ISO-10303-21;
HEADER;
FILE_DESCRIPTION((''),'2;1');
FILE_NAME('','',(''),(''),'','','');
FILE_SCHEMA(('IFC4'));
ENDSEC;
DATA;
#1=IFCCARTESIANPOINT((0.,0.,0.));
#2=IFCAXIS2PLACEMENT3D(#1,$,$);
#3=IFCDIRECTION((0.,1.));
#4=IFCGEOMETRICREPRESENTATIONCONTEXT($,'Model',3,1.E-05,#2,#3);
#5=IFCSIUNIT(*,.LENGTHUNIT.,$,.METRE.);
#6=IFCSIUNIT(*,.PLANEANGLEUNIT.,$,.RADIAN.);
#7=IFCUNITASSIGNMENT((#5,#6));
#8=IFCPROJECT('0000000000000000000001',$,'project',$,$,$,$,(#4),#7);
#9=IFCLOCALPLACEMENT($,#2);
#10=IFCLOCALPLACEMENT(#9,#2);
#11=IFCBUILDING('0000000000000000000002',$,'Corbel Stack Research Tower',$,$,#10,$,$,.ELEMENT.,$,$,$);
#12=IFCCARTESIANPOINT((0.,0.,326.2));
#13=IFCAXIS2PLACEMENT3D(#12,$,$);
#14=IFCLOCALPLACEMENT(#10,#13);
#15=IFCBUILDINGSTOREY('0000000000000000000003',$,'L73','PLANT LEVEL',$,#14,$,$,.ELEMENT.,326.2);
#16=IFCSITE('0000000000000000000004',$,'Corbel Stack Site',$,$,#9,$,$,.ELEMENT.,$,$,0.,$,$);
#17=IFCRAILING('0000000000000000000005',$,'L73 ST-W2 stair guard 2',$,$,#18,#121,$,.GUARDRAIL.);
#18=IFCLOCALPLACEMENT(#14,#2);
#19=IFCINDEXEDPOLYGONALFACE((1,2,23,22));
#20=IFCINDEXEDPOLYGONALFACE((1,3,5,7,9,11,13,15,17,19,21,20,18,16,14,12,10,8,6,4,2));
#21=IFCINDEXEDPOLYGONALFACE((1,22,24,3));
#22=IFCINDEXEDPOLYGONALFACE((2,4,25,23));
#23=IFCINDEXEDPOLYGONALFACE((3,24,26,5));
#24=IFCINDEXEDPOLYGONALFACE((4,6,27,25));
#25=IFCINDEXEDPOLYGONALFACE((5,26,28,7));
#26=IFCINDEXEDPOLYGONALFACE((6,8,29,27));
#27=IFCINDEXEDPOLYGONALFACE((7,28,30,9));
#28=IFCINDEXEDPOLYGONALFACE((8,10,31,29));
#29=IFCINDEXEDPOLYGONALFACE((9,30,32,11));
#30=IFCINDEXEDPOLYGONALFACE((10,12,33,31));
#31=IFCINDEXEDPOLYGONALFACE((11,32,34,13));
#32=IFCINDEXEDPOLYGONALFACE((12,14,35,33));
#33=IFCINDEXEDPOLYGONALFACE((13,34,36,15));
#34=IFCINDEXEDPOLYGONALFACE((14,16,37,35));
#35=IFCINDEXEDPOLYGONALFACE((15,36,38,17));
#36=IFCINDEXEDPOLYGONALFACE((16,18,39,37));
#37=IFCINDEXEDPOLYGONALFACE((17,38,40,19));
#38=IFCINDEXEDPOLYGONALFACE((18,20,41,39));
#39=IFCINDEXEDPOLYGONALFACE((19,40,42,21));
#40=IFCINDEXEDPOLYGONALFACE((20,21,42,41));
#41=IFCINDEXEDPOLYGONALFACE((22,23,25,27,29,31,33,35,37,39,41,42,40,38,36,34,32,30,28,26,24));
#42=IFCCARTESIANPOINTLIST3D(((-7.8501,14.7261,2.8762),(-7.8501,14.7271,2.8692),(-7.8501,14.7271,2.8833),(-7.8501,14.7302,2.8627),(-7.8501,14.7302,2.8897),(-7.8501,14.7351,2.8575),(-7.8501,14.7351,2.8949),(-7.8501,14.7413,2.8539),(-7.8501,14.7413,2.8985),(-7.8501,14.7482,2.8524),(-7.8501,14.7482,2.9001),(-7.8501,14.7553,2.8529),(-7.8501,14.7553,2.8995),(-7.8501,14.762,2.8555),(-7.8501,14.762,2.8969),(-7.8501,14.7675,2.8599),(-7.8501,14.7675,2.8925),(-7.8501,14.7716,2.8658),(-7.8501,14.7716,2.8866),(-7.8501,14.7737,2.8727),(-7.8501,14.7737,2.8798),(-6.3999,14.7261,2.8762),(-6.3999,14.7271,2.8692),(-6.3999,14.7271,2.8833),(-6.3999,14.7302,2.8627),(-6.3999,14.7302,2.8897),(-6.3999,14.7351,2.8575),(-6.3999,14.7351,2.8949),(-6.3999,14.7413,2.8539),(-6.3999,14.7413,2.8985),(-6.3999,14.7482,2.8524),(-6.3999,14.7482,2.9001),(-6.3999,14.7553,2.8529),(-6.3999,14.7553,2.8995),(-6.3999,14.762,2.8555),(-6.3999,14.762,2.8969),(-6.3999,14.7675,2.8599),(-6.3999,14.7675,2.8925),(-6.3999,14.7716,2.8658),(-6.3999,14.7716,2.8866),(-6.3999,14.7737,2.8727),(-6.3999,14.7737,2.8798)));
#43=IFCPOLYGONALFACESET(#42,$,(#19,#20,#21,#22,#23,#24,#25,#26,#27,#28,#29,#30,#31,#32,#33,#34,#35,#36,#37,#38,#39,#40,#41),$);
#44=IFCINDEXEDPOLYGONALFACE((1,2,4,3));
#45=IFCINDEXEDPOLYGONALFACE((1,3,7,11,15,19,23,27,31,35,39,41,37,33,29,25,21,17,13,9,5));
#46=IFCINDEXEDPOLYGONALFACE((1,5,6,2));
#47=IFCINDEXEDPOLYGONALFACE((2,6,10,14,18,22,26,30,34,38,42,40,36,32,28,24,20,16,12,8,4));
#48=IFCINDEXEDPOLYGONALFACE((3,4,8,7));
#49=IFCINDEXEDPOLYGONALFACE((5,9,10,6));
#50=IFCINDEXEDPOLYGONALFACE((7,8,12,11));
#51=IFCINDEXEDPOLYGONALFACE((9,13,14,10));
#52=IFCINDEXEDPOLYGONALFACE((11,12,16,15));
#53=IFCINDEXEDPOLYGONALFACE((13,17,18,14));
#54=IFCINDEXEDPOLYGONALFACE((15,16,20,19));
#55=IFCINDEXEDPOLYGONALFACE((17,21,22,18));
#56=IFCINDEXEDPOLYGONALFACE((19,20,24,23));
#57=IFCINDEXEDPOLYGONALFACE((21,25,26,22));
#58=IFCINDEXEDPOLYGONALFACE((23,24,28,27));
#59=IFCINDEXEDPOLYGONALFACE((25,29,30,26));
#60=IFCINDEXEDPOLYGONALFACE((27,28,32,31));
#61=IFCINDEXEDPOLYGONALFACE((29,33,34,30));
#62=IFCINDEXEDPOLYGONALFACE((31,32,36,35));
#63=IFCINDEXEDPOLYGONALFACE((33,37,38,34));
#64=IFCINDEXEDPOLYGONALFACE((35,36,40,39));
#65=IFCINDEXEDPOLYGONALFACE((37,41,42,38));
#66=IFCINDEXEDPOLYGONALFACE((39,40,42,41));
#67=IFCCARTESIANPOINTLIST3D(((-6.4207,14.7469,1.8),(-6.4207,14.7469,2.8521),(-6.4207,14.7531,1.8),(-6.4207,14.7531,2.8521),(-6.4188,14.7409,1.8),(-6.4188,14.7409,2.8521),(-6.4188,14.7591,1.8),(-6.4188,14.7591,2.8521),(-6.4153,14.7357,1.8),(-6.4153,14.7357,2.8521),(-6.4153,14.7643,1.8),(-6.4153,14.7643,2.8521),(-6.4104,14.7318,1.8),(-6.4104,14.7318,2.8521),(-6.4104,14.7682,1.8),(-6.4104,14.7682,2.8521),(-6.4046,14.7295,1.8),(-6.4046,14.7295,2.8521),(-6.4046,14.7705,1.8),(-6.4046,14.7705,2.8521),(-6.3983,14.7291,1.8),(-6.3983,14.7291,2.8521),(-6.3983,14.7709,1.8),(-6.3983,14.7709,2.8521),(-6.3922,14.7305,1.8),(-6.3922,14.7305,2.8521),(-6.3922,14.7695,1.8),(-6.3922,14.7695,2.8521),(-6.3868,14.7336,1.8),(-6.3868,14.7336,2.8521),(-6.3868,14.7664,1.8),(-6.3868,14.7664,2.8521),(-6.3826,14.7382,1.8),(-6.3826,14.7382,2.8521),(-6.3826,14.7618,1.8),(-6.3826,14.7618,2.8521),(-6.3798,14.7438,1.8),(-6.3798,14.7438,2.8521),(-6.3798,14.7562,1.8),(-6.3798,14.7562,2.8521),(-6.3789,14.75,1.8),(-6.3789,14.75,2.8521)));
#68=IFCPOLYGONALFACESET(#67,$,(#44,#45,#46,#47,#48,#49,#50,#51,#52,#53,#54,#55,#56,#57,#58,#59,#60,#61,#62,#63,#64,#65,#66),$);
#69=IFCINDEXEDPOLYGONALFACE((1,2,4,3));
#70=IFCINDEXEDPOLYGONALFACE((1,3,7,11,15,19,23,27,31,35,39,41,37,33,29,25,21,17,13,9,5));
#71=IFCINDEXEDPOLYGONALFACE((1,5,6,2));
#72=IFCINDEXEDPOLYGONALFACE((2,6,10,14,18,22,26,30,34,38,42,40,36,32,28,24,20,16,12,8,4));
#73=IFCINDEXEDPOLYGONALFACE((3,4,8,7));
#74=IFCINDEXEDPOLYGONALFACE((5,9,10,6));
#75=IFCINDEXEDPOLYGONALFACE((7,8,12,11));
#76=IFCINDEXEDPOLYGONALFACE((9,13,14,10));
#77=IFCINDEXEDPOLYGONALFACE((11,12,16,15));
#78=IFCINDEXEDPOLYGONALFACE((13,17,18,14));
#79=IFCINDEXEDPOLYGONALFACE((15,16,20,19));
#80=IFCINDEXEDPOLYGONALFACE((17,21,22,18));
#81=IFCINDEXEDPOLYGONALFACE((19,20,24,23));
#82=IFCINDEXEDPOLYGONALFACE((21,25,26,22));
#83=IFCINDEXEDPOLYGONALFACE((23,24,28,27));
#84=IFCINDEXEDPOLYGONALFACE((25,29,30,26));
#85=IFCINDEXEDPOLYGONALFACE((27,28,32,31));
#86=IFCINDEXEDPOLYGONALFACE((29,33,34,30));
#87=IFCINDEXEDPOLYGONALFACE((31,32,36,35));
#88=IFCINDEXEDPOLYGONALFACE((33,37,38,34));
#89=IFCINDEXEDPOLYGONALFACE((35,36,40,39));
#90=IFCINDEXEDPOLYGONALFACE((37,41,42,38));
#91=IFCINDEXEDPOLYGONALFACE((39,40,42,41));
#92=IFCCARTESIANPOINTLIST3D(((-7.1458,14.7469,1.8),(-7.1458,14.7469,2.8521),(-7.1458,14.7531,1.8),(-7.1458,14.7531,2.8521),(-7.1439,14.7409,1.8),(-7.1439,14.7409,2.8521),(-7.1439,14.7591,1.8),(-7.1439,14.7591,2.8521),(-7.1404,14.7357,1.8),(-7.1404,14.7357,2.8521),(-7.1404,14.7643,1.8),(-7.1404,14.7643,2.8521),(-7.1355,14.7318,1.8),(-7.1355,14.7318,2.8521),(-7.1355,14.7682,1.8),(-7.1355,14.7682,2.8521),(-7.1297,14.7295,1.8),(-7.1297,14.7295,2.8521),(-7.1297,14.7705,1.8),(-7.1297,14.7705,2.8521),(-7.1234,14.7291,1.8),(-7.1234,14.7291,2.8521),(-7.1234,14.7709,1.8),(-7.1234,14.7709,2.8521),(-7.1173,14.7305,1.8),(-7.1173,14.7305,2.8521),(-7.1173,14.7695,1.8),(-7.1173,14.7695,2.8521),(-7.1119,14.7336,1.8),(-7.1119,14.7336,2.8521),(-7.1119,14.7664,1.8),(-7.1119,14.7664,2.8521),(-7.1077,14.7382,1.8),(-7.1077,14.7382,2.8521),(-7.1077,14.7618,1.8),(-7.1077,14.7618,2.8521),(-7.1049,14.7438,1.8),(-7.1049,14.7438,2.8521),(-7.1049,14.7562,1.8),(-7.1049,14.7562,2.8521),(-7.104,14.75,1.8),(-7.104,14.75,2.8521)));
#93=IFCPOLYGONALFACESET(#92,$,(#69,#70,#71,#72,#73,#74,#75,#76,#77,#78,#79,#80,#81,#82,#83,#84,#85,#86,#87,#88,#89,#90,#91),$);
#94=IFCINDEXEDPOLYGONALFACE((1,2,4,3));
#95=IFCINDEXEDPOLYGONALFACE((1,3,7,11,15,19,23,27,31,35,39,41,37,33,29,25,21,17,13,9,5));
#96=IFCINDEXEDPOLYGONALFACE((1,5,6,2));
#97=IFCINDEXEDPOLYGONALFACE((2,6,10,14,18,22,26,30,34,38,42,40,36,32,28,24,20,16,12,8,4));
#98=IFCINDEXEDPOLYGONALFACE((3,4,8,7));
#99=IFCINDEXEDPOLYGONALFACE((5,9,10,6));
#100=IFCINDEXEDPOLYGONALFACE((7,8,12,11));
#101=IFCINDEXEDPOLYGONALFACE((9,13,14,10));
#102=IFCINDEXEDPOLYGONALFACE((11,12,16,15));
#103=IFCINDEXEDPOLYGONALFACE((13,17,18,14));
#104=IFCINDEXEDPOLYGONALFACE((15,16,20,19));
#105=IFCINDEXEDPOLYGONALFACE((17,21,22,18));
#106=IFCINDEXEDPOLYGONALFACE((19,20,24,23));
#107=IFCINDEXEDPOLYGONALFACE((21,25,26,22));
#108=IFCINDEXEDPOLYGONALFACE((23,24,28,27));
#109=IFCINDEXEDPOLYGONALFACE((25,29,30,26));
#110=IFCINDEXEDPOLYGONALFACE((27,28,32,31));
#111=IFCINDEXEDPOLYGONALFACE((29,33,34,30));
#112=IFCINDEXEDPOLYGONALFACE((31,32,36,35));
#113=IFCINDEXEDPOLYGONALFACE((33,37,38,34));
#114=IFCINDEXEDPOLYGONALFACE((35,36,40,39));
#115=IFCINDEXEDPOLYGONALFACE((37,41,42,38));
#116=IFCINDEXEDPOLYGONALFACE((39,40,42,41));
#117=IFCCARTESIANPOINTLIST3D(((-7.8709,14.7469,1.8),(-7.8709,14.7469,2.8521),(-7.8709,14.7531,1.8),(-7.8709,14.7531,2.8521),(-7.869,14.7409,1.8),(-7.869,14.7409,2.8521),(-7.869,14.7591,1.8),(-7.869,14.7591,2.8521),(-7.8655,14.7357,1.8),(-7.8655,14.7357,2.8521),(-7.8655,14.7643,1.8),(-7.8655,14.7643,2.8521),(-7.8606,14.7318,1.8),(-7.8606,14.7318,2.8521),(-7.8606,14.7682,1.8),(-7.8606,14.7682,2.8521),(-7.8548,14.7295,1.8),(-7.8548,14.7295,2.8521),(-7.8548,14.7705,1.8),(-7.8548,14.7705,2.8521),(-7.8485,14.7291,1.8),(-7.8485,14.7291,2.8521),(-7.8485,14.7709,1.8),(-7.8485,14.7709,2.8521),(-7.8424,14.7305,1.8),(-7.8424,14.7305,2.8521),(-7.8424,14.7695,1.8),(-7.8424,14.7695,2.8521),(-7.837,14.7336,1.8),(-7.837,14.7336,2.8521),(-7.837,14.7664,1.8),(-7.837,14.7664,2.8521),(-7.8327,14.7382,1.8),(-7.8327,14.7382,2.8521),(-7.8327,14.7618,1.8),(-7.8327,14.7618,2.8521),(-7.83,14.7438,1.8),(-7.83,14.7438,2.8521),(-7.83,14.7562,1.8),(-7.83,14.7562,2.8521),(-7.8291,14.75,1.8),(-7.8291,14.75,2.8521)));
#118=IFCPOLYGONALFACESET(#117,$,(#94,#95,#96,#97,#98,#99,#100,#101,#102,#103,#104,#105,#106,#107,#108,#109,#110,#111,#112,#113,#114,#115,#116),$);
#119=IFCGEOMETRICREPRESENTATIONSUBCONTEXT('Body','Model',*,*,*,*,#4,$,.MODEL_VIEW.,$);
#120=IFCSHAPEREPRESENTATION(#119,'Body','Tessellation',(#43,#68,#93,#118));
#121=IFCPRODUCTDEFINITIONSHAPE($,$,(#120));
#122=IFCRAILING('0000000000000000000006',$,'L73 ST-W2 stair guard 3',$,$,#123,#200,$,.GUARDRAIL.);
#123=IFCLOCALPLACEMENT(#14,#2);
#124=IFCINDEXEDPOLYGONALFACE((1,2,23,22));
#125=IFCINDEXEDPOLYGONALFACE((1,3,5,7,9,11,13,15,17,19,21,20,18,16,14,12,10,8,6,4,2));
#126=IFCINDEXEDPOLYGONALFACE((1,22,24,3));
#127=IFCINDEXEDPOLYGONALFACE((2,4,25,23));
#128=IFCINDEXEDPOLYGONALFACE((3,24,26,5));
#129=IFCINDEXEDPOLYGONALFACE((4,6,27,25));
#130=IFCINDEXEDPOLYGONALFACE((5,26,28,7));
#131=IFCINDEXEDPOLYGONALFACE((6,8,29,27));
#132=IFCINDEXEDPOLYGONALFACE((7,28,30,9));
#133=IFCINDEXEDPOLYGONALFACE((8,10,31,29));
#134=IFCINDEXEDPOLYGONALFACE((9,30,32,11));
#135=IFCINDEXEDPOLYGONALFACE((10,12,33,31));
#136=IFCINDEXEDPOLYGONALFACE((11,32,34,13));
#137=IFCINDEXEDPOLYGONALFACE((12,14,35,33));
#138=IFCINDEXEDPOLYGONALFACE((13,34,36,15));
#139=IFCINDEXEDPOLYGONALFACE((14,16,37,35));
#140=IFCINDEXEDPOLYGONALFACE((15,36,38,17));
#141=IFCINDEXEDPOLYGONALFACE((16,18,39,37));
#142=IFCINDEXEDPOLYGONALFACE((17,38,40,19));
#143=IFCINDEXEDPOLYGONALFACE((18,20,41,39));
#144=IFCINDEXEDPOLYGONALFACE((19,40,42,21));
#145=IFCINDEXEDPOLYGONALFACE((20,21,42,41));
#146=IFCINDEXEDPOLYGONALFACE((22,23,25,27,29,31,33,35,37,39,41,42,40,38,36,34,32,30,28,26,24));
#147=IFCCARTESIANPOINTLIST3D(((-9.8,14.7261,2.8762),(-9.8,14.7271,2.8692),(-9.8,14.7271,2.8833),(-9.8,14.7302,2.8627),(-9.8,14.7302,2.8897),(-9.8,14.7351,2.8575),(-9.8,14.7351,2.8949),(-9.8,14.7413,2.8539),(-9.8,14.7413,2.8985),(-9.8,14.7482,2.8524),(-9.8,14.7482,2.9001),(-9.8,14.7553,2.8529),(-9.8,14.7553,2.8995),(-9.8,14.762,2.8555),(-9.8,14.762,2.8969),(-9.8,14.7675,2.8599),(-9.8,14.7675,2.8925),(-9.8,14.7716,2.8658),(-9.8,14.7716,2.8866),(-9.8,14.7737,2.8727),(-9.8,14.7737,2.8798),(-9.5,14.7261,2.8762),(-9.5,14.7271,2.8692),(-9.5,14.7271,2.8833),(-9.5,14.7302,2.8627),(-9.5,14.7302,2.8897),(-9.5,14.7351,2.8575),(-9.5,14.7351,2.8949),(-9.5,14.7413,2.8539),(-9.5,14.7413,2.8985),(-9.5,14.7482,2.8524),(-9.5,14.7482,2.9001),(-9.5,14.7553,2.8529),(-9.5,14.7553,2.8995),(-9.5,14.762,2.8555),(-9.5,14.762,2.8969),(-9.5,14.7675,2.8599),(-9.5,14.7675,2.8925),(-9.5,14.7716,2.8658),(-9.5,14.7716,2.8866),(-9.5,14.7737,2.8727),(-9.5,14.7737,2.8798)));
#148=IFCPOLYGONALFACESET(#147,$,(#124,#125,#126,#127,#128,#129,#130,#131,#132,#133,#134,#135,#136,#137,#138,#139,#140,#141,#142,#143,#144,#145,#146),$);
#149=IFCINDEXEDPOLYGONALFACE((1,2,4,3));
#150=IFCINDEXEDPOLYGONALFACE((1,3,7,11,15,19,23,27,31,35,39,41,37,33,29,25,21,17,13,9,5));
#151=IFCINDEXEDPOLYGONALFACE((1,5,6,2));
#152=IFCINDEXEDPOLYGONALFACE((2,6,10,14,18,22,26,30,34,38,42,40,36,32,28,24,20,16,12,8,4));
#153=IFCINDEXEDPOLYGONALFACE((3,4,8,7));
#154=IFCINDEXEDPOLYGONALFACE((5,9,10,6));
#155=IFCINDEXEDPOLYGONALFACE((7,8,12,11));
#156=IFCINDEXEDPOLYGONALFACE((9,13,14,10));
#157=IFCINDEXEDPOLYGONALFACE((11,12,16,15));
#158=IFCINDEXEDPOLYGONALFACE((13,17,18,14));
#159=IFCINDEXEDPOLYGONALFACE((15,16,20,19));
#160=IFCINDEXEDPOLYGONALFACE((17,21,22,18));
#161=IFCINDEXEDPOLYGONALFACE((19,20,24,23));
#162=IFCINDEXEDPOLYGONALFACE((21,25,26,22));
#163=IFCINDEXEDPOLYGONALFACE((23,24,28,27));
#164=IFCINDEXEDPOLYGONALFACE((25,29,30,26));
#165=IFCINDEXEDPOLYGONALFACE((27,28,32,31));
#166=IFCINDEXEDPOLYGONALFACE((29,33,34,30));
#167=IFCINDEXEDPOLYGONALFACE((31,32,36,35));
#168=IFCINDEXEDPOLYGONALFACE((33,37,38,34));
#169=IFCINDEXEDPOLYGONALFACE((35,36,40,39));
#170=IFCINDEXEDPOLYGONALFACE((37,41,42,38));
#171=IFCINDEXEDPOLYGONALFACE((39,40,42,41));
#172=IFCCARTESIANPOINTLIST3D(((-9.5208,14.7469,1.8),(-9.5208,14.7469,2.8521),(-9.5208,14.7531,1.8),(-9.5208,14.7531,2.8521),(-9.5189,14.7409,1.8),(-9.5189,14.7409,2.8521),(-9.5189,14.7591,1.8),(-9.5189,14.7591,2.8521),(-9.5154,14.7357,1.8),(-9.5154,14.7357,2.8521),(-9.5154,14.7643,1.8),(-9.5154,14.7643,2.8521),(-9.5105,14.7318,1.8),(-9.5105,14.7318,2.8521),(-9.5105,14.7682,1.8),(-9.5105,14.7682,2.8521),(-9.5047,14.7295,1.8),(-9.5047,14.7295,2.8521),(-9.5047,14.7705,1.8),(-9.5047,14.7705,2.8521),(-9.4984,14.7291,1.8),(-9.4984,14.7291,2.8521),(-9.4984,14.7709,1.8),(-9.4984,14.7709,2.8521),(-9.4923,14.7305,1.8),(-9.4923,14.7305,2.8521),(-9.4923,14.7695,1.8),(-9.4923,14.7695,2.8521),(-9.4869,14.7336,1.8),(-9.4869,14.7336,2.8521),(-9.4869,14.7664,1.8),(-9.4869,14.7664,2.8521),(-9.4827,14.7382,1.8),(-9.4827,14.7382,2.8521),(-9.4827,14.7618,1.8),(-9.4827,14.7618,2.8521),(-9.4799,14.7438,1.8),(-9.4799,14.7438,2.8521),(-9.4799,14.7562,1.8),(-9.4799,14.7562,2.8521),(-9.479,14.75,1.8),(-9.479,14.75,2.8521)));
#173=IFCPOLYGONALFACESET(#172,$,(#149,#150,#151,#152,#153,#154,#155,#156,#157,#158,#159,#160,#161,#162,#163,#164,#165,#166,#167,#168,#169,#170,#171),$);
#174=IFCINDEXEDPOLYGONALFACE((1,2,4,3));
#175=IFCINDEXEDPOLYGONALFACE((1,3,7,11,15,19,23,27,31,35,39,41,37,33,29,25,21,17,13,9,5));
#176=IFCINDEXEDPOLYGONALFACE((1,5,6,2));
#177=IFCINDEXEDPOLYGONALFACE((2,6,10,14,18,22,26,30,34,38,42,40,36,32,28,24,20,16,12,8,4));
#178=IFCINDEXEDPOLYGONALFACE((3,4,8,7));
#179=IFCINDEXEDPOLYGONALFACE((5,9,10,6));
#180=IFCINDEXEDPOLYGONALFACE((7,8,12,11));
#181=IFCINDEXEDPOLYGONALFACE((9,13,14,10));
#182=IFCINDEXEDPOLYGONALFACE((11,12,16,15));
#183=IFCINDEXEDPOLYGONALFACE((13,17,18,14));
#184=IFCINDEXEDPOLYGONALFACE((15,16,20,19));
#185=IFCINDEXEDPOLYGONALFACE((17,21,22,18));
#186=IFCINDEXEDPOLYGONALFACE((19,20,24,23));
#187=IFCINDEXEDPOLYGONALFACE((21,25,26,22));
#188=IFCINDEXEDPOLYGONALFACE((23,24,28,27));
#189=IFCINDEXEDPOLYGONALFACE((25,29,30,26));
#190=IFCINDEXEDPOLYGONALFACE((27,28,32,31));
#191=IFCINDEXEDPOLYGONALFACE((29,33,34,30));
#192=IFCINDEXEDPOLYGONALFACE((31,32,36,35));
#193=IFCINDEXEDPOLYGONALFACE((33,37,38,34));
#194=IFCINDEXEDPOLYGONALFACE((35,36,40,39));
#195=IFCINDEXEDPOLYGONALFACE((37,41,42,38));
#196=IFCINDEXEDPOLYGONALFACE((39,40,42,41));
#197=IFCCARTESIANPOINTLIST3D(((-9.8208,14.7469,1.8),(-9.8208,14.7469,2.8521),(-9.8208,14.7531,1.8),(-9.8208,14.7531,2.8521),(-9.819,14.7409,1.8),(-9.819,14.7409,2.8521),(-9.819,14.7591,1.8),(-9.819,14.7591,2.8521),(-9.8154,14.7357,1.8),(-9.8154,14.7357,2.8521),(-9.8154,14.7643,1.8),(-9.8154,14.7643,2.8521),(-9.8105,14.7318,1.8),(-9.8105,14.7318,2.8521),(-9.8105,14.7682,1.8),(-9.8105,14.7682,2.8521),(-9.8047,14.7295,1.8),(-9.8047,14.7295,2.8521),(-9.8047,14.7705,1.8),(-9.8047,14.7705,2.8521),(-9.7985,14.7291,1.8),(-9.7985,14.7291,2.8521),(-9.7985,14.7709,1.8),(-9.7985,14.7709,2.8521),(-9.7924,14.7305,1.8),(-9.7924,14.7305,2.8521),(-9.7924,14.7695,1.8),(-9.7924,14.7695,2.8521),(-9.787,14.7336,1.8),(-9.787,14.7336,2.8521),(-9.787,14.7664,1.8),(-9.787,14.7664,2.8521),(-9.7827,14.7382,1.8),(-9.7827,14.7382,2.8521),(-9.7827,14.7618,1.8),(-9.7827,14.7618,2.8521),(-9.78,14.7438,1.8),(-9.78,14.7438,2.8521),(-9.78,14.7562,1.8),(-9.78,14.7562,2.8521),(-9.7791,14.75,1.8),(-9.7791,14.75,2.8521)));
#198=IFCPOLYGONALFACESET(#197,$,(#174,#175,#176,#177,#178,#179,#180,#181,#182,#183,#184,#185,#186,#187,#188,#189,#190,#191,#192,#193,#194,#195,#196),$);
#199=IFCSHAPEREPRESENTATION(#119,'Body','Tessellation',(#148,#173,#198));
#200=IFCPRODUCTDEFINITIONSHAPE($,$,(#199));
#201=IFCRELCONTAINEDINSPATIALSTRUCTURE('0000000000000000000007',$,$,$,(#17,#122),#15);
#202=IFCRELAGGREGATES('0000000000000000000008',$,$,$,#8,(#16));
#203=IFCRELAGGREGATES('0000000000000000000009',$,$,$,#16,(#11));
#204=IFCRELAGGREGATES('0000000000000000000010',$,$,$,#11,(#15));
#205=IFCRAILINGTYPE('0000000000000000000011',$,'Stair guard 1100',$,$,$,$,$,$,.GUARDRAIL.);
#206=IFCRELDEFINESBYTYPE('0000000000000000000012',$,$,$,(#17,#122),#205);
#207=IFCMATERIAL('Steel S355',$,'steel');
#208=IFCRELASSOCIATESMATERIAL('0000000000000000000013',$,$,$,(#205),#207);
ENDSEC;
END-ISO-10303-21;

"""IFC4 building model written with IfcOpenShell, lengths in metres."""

from ifc_helpers import new_model, si_unit, direction, frame, origin, origin_2d, place, context, subcontext, project, spatial, circle, extrude, material, type_object, element, save


model = new_model("IFC4")

# Units and contexts
model_context = context("Model", 3, precision=1e-05, world=origin(), true_north=direction((0.0, 1.0)))
body_context = subcontext(model_context, "Body", "Model", "MODEL_VIEW")
ifc_project = project(units=[si_unit("LENGTHUNIT", "METRE"), si_unit("PLANEANGLEUNIT", "RADIAN")], contexts=[model_context])

# Site, building, storey
site_placement = place(None, origin())
site = spatial("IfcSite", under=ifc_project, at=site_placement, Name="Corbel Stack Site", CompositionType="ELEMENT", RefElevation=0.0)
building_placement = place(site_placement, origin())
building = spatial("IfcBuilding", under=site, at=building_placement, Name="Corbel Stack Research Tower", CompositionType="ELEMENT")
storey_placement = place(building_placement, frame((0.0, 0.0, 326.2)))
storey = spatial("IfcBuildingStorey", under=building, at=storey_placement, Name="L73", Description="PLANT LEVEL", CompositionType="ELEMENT", Elevation=326.2)

# Railings
ifc_material_1 = material(Name="Steel S355", Category="steel")
railing_type_1 = type_object("IfcRailingType", Name="Stair guard 1100", PredefinedType="GUARDRAIL", material=ifc_material_1)
railing_1_placement = place(storey_placement, frame((-6.3999, 14.75, 1.8)))
element("IfcRailing", 1, at=railing_1_placement, inside=storey, type_object=railing_type_1, Name="L73 ST-W2 stair guard 2", PredefinedType="GUARDRAIL", context=body_context, shape_type="SweptSolid", body=[
    extrude(circle(Radius=0.0239, at=origin_2d()), frame((0.0, 0.0, 1.0762), z_axis=(-1.0, 0.0, 0.0), x_axis=(0.0, -1.0, 0.0)), (0.0, 0.0, 1.0), 1.4502),
    extrude(circle(Radius=0.021, at=origin_2d()), origin(), (0.0, 0.0, 1.0), 1.052),
    extrude(circle(Radius=0.021, at=origin_2d()), frame((-0.7251, 0.0, 0.0)), (0.0, 0.0, 1.0), 1.052),
    extrude(circle(Radius=0.021, at=origin_2d()), frame((-1.4502, 0.0, 0.0)), (0.0, 0.0, 1.0), 1.052),
])
railing_2_placement = place(storey_placement, frame((-9.5, 14.75, 1.8)))
element("IfcRailing", 2, at=railing_2_placement, inside=storey, type_object=railing_type_1, Name="L73 ST-W2 stair guard 3", PredefinedType="GUARDRAIL", context=body_context, shape_type="SweptSolid", body=[
    extrude(circle(Radius=0.0239, at=origin_2d()), frame((0.0, 0.0, 1.0762), z_axis=(-1.0, 0.0, 0.0), x_axis=(0.0, -1.0, 0.0)), (0.0, 0.0, 1.0), 0.3),
    extrude(circle(Radius=0.021, at=origin_2d()), origin(), (0.0, 0.0, 1.0), 1.052),
    extrude(circle(Radius=0.021, at=origin_2d()), frame((-0.3, 0.0, 0.0)), (0.0, 0.0, 1.0), 1.052),
])

save(model, "model.ifc")
